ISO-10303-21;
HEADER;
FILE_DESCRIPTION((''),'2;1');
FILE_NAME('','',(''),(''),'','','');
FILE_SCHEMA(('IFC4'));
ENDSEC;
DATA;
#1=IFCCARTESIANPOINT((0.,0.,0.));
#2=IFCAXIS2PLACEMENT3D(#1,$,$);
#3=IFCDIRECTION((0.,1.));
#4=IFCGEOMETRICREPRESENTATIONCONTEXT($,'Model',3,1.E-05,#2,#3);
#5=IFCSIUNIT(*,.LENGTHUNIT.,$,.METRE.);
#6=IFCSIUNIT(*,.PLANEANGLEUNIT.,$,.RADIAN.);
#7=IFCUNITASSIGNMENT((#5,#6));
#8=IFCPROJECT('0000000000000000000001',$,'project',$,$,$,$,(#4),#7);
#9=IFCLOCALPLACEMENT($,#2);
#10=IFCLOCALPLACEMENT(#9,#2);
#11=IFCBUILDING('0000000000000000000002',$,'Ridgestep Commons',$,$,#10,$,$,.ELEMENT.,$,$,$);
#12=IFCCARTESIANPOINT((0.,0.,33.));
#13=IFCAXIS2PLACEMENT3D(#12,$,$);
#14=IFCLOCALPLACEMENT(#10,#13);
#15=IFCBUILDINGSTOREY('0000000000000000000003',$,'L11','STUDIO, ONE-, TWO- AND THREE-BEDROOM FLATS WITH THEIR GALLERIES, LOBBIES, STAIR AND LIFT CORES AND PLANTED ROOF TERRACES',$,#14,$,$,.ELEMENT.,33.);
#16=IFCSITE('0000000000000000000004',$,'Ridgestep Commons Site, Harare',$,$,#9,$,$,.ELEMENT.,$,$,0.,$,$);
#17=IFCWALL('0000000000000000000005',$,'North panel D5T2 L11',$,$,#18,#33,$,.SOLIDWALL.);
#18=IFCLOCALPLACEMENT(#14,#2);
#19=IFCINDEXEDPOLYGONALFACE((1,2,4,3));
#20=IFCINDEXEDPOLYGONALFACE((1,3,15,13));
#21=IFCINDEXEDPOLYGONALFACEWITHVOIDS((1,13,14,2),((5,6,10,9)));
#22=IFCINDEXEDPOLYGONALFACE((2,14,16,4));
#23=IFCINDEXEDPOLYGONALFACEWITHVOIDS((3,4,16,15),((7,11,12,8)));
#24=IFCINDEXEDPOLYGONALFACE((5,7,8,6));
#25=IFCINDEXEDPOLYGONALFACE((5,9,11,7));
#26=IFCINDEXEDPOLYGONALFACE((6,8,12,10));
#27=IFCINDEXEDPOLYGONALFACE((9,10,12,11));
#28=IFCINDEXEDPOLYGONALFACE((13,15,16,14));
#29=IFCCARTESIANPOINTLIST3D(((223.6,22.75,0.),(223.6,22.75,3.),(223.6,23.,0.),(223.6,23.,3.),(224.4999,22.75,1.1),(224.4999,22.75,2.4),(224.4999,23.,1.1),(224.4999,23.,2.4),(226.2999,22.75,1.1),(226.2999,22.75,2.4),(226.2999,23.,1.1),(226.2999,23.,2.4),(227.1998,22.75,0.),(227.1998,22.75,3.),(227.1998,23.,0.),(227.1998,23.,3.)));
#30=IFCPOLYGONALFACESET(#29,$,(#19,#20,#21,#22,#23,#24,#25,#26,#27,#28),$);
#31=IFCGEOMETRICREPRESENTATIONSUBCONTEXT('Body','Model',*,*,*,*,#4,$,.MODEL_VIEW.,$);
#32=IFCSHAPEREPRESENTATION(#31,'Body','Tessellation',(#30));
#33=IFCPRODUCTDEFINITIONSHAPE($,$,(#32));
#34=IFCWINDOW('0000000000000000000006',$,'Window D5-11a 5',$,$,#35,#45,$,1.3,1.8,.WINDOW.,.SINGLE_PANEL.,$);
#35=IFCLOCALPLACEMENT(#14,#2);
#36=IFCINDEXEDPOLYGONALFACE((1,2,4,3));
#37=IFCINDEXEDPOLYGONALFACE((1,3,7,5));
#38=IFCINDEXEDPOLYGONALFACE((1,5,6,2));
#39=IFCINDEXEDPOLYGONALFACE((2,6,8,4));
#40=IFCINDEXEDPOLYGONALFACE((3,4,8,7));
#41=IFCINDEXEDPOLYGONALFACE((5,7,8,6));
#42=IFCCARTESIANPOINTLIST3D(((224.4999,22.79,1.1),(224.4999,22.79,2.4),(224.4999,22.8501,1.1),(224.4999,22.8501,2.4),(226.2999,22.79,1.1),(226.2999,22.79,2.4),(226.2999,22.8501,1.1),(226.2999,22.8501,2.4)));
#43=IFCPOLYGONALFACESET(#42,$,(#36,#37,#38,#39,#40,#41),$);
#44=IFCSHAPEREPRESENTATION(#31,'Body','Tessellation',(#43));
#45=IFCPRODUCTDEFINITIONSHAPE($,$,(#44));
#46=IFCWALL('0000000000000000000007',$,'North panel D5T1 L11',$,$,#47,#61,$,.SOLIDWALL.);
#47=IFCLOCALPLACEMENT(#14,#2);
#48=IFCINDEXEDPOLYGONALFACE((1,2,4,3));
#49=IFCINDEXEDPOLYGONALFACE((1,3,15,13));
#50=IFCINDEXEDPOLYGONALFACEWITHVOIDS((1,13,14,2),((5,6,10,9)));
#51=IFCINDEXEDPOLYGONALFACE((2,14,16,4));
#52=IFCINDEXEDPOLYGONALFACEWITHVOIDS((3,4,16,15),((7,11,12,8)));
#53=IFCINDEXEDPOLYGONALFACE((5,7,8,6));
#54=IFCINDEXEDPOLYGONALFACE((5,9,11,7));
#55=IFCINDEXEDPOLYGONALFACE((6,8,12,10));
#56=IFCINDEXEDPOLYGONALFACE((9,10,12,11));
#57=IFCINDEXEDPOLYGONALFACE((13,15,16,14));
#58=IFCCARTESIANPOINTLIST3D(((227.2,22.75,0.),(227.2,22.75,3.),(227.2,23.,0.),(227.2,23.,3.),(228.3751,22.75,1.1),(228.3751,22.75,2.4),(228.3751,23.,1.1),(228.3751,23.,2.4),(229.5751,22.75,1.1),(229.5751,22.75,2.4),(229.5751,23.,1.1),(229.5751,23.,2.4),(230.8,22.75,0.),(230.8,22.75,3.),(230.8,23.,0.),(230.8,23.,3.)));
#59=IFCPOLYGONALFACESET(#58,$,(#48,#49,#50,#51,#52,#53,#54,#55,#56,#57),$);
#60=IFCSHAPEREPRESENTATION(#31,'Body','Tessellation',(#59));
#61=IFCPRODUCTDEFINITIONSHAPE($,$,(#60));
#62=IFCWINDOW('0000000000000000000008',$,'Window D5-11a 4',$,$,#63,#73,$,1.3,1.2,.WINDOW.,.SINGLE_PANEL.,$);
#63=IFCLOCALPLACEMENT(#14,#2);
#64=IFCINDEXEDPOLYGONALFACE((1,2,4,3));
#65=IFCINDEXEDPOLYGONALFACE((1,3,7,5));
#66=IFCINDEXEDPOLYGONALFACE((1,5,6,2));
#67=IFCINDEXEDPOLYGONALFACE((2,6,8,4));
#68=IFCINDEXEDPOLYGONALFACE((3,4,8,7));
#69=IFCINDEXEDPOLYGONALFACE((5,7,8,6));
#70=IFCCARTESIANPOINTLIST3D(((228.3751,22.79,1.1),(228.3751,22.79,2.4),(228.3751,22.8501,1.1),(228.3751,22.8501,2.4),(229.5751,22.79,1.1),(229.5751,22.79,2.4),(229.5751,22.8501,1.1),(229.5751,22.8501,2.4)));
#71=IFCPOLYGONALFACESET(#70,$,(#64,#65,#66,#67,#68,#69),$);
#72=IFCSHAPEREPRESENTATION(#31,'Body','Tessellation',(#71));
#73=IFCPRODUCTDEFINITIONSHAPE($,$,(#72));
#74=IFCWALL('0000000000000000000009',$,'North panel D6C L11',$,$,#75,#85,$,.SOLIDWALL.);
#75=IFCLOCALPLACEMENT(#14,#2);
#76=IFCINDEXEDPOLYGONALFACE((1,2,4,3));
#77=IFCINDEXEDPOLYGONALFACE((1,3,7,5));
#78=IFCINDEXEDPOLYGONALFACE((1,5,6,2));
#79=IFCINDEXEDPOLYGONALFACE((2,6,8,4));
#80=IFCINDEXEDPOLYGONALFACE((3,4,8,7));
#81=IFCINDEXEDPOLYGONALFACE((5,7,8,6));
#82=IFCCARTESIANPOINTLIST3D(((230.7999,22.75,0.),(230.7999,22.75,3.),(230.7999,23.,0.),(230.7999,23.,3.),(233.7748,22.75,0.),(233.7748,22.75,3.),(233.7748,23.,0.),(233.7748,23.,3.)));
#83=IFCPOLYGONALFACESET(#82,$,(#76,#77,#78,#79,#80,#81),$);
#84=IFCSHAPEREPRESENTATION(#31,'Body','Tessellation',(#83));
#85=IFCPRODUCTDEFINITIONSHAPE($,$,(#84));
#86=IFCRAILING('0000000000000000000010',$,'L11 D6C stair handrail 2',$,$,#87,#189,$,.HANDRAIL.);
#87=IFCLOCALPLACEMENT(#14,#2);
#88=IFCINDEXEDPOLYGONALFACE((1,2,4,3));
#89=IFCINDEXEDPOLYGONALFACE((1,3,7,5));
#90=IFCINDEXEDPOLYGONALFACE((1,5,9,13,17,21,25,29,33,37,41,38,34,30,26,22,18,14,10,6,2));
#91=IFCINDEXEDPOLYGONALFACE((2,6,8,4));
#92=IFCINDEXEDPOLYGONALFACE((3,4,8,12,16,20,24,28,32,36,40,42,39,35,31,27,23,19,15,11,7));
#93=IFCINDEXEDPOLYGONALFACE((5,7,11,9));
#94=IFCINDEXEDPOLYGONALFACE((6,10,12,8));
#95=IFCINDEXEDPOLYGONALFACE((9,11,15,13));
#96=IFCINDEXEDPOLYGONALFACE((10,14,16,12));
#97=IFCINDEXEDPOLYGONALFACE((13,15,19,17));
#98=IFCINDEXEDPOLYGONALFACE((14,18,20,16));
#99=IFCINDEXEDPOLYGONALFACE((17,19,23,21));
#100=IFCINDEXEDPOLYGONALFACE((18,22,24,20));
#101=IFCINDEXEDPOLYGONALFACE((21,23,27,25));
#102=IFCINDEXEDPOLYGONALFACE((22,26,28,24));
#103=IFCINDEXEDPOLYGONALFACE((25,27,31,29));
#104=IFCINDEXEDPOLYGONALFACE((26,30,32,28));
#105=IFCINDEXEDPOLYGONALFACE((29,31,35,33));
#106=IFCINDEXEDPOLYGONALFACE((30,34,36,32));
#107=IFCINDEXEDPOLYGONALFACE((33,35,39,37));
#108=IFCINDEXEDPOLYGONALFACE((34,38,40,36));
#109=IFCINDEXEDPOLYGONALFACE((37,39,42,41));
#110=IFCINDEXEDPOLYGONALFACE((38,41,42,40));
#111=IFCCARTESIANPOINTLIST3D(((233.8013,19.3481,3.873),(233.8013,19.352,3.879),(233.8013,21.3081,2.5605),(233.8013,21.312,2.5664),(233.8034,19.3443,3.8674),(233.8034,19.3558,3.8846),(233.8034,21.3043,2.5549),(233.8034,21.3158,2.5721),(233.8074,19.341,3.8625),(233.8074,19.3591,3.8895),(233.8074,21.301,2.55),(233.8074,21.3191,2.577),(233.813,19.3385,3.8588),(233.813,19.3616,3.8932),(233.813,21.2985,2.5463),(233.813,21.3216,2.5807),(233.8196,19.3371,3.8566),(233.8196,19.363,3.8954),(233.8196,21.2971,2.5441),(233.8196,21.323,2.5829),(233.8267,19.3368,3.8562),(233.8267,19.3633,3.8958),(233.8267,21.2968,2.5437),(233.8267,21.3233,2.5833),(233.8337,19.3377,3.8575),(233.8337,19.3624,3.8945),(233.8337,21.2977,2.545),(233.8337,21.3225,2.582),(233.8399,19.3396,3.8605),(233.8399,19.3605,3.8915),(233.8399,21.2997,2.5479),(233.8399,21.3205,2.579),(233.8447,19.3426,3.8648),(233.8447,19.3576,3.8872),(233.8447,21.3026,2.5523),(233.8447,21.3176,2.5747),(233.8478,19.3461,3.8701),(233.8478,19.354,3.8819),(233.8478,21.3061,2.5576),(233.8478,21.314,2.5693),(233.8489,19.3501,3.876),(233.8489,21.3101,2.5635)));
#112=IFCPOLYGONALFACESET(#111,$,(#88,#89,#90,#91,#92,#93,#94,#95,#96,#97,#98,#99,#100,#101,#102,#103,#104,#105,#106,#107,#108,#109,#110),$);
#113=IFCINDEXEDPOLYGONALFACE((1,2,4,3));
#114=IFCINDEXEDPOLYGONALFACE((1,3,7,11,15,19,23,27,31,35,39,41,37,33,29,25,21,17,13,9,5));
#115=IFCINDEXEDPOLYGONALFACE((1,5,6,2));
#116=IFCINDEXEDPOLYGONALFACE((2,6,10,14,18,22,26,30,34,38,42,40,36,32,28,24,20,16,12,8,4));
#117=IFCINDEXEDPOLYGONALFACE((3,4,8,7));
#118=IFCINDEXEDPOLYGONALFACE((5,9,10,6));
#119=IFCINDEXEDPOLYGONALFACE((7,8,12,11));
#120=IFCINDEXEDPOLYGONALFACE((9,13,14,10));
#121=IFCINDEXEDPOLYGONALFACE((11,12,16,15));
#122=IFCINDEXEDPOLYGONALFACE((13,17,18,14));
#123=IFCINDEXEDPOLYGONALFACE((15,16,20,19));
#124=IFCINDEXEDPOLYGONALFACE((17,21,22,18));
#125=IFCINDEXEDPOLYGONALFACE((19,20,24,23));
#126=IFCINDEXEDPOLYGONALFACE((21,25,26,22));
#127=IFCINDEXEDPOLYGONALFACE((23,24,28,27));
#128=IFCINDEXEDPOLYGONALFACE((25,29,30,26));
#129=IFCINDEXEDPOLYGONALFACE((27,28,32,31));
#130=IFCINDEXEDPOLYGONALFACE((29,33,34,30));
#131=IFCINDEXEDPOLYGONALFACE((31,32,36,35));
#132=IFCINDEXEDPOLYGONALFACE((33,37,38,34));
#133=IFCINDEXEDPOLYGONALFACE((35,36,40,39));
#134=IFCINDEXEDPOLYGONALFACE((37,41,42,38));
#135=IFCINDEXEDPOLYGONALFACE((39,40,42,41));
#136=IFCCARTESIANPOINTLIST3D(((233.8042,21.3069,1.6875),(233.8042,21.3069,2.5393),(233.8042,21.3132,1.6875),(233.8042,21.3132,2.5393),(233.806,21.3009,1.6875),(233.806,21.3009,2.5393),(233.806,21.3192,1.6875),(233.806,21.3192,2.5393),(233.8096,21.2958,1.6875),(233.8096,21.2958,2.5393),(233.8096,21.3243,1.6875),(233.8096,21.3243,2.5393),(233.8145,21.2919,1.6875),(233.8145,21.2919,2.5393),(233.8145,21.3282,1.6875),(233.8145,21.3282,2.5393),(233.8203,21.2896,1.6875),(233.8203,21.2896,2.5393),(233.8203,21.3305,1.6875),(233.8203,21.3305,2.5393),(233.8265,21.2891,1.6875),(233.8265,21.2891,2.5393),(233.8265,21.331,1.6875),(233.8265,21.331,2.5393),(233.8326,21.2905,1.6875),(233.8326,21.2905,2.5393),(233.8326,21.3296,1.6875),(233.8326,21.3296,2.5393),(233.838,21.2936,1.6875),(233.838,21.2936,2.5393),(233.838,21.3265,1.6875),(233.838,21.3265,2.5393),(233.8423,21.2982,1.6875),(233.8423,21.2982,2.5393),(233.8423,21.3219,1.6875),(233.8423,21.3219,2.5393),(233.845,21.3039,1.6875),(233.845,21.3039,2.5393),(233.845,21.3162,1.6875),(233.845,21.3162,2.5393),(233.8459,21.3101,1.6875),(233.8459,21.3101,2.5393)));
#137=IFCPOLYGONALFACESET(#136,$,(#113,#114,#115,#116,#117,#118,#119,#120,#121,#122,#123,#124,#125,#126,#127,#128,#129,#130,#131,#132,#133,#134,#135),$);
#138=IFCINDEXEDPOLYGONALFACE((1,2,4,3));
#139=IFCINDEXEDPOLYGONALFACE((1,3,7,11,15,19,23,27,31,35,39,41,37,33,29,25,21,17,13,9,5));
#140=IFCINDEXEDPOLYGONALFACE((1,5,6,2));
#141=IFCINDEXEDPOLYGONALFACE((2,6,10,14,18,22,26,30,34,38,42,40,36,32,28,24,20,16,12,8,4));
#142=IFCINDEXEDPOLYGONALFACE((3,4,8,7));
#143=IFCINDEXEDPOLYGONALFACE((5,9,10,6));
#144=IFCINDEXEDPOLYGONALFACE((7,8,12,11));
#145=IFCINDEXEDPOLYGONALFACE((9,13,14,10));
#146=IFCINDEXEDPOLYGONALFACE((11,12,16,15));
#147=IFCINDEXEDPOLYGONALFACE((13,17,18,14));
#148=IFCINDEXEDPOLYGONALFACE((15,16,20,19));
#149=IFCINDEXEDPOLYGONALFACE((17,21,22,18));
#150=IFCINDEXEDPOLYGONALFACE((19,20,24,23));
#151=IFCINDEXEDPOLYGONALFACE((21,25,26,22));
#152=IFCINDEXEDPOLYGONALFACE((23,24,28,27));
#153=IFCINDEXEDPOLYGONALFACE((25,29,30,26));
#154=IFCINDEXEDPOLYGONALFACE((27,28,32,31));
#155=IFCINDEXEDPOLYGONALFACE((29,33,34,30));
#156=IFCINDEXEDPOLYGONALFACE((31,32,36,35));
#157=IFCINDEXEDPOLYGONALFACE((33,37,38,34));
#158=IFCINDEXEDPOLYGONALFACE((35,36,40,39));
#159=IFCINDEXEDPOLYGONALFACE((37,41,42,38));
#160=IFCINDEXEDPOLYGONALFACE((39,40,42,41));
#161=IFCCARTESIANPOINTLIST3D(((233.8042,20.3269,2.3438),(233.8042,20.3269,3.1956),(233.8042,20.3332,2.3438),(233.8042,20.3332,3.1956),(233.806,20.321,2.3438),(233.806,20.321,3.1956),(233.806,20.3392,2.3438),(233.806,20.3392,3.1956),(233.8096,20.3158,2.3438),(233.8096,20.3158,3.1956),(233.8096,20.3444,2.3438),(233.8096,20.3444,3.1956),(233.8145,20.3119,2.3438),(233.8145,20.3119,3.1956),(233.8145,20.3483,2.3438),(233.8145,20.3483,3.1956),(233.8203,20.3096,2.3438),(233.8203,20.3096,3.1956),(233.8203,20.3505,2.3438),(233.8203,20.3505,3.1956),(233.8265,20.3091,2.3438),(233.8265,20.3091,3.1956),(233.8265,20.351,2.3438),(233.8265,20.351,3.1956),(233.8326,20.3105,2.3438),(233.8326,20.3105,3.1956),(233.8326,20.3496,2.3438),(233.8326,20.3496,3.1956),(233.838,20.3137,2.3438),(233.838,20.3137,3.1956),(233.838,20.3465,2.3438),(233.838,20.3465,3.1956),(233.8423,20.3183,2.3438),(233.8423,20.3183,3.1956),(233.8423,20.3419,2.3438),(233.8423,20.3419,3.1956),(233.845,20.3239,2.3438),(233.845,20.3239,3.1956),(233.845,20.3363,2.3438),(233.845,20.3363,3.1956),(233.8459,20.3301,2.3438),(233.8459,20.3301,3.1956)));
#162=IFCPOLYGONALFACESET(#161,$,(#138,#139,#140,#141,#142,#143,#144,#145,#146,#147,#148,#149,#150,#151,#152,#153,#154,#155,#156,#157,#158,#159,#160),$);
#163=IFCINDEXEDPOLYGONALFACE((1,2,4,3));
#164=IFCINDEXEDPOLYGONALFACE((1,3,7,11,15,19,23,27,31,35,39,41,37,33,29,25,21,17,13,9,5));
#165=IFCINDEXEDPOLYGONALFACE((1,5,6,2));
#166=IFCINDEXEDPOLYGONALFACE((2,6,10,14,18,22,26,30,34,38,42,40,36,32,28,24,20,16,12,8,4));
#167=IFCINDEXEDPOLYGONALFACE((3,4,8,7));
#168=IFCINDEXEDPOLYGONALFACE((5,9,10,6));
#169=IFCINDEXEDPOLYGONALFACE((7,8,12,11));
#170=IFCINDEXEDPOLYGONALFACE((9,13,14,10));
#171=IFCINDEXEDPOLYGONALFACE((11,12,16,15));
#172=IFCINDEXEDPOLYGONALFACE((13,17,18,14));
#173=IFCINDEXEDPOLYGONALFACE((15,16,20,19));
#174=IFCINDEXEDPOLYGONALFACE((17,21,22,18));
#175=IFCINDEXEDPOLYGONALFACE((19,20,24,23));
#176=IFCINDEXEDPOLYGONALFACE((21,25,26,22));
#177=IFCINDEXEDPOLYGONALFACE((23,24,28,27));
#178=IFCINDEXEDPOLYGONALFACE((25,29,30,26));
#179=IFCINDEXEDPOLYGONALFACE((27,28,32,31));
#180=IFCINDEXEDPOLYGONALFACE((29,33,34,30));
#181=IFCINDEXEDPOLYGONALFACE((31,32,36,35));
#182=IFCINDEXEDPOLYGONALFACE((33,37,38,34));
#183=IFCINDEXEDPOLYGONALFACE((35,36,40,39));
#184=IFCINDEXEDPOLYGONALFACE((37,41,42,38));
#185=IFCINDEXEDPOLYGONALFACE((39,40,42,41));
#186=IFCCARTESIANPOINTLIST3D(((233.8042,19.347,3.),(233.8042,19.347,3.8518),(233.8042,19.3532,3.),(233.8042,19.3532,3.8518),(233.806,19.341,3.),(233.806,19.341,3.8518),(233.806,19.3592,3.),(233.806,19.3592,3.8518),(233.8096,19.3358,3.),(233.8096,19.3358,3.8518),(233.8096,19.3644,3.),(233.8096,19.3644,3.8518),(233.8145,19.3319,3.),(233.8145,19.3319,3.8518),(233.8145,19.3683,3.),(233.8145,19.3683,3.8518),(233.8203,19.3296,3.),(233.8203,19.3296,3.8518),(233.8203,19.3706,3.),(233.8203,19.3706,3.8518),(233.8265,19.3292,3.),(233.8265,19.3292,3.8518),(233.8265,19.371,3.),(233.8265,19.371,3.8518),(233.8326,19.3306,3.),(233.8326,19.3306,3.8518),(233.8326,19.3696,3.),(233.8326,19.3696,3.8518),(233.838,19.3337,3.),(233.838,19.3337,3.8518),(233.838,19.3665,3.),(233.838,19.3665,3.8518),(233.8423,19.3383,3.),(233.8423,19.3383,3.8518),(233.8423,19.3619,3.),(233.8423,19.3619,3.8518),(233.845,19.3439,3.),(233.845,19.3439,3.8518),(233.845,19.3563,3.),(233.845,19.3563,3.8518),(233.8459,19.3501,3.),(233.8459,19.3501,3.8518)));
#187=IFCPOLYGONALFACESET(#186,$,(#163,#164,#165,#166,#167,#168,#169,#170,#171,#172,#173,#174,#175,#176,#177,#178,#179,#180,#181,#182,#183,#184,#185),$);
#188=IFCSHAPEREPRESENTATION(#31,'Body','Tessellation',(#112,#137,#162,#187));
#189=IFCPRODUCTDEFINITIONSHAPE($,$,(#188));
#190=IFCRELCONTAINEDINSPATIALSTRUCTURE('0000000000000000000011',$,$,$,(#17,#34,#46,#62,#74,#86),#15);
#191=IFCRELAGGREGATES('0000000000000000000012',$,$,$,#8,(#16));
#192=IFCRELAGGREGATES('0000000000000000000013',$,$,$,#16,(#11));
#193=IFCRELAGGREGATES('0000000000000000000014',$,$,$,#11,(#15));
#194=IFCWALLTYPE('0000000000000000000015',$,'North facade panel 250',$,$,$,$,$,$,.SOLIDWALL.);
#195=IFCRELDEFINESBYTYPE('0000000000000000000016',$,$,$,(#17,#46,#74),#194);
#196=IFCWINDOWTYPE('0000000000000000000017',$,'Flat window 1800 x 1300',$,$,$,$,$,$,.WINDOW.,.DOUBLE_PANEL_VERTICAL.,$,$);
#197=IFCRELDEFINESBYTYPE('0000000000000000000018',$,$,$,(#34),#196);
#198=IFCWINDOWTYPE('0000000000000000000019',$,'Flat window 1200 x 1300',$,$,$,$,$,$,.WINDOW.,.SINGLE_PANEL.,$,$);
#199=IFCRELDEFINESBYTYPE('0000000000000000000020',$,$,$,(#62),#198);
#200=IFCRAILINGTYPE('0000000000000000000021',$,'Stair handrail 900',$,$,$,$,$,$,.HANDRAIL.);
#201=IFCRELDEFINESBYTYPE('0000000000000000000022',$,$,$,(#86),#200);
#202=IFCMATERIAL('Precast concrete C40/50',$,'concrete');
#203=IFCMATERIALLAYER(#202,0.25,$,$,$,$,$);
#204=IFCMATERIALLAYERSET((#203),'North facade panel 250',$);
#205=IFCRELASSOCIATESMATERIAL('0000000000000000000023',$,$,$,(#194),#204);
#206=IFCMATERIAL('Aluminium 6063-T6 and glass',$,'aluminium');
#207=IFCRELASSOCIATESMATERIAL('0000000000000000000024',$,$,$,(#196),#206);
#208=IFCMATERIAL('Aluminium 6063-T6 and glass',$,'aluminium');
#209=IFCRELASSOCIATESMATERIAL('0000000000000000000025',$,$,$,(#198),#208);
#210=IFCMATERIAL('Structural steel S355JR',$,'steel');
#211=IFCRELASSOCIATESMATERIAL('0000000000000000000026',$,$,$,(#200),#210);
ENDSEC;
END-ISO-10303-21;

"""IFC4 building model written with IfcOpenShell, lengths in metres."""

from ifc_helpers import new_model, si_unit, direction, frame, frame_2d, origin, origin_2d, place, context, subcontext, project, spatial, rectangle, circle, extrude, material, layer, layer_set, type_object, element, fill, save


model = new_model("IFC4")

# Units and contexts
model_context = context("Model", 3, precision=1e-05, world=origin(), true_north=direction((0.0, 1.0)))
body_context = subcontext(model_context, "Body", "Model", "MODEL_VIEW")
ifc_project = project(units=[si_unit("LENGTHUNIT", "METRE"), si_unit("PLANEANGLEUNIT", "RADIAN")], contexts=[model_context])

# Site, building, storey
site_placement = place(None, origin())
site = spatial("IfcSite", under=ifc_project, at=site_placement, Name="Ridgestep Commons Site, Harare", CompositionType="ELEMENT", RefElevation=0.0)
building_placement = place(site_placement, origin())
building = spatial("IfcBuilding", under=site, at=building_placement, Name="Ridgestep Commons", CompositionType="ELEMENT")
storey_placement = place(building_placement, frame((0.0, 0.0, 33.0)))
storey = spatial("IfcBuildingStorey", under=building, at=storey_placement, Name="L11", Description="STUDIO, ONE-, TWO- AND THREE-BEDROOM FLATS WITH THEIR GALLERIES, LOBBIES, STAIR AND LIFT CORES AND PLANTED ROOF TERRACES", CompositionType="ELEMENT", Elevation=33.0)

# Walls, openings, windows
ifc_material_1 = material(Name="Precast concrete C40/50", Category="concrete")
ifc_layer_1 = layer(ifc_material_1, 0.25)
ifc_layer_set_1 = layer_set([ifc_layer_1], Name="North facade panel 250")
wall_type = type_object("IfcWallType", Name="North facade panel 250", PredefinedType="SOLIDWALL", material=ifc_layer_set_1)
ifc_material_2 = material(Name="Aluminium 6063-T6 and glass", Category="aluminium")
window_type_1 = type_object("IfcWindowType", Name="Flat window 1800 x 1300", PartitioningType="DOUBLE_PANEL_VERTICAL", PredefinedType="WINDOW", material=ifc_material_2)
wall_1_placement = place(storey_placement, frame((223.6001, 22.875, 0.0), z_axis=(0.0, 0.0, 1.0), x_axis=(1.0, 0.0, 0.0)))
wall_1 = element("IfcWall", 1, at=wall_1_placement, inside=storey, type_object=wall_type, Name="North panel D5T2 L11", PredefinedType="SOLIDWALL", context=body_context, shape_type="SweptSolid", body=[
    extrude(rectangle(XDim=3.5999, YDim=0.25, at=frame_2d((1.7998, 0.0))), origin(), (0.0, 0.0, 1.0), 3.0),
])
opening_1_placement = place(wall_1_placement, frame((0.8999, 0.0, 1.1001)))
opening_1 = element("IfcOpeningElement", 2, at=opening_1_placement, cuts=wall_1, PredefinedType="OPENING", context=body_context, shape_type="SweptSolid", body=[
    extrude(rectangle(XDim=1.8, YDim=1.3, at=frame_2d((0.8999, 0.6499))), frame((0.0, 0.135, 0.0), z_axis=(0.0, -1.0, 0.0), x_axis=(1.0, 0.0, 0.0)), (0.0, 0.0, 1.0), 0.27),
])
window_1_placement = place(opening_1_placement, origin())
window_1 = element("IfcWindow", 3, at=window_1_placement, inside=storey, type_object=window_type_1, Name="Window D5-11a 5", OverallHeight=1.3, OverallWidth=1.8, PartitioningType="SINGLE_PANEL", PredefinedType="WINDOW", context=body_context, shape_type="SweptSolid", body=[
    extrude(rectangle(XDim=1.8, YDim=1.3, at=frame_2d((0.8999, 0.6499))), frame((0.0, -0.0249, 0.0), z_axis=(0.0, -1.0, 0.0), x_axis=(1.0, 0.0, 0.0)), (0.0, 0.0, 1.0), 0.0601),
])
fill(opening_1, window_1)
wall_2_placement = place(storey_placement, frame((227.2, 22.875, 0.0), z_axis=(0.0, 0.0, 1.0), x_axis=(1.0, 0.0, 0.0)))
wall_2 = element("IfcWall", 4, at=wall_2_placement, inside=storey, type_object=wall_type, Name="North panel D5T1 L11", PredefinedType="SOLIDWALL", context=body_context, shape_type="SweptSolid", body=[
    extrude(rectangle(XDim=3.6001, YDim=0.25, at=frame_2d((1.8, 0.0))), origin(), (0.0, 0.0, 1.0), 3.0),
])
opening_2_placement = place(wall_2_placement, frame((1.175, 0.0, 1.1001)))
opening_2 = element("IfcOpeningElement", 5, at=opening_2_placement, cuts=wall_2, PredefinedType="OPENING", context=body_context, shape_type="SweptSolid", body=[
    extrude(rectangle(XDim=1.2, YDim=1.3, at=frame_2d((0.6001, 0.6499))), frame((0.0, 0.135, 0.0), z_axis=(0.0, -1.0, 0.0), x_axis=(1.0, 0.0, 0.0)), (0.0, 0.0, 1.0), 0.27),
])
ifc_material_3 = material(Name="Aluminium 6063-T6 and glass", Category="aluminium")
window_type_2 = type_object("IfcWindowType", Name="Flat window 1200 x 1300", PartitioningType="SINGLE_PANEL", PredefinedType="WINDOW", material=ifc_material_3)
window_2_placement = place(opening_2_placement, origin())
window_2 = element("IfcWindow", 6, at=window_2_placement, inside=storey, type_object=window_type_2, Name="Window D5-11a 4", OverallHeight=1.3, OverallWidth=1.2, PartitioningType="SINGLE_PANEL", PredefinedType="WINDOW", context=body_context, shape_type="SweptSolid", body=[
    extrude(rectangle(XDim=1.2, YDim=1.3, at=frame_2d((0.6001, 0.6499))), frame((0.0, -0.0249, 0.0), z_axis=(0.0, -1.0, 0.0), x_axis=(1.0, 0.0, 0.0)), (0.0, 0.0, 1.0), 0.0601),
])
fill(opening_2, window_2)

# Wall
wall_3_placement = place(storey_placement, frame((230.8, 22.875, 0.0), z_axis=(0.0, 0.0, 1.0), x_axis=(1.0, 0.0, 0.0)))
element("IfcWall", 7, at=wall_3_placement, inside=storey, type_object=wall_type, Name="North panel D6C L11", PredefinedType="SOLIDWALL", context=body_context, shape_type="SweptSolid", body=[
    extrude(rectangle(XDim=2.9749, YDim=0.25, at=frame_2d((1.4873, 0.0))), origin(), (0.0, 0.0, 1.0), 3.0),
])

# Railing
ifc_material_4 = material(Name="Structural steel S355JR", Category="steel")
railing_type = type_object("IfcRailingType", Name="Stair handrail 900", PredefinedType="HANDRAIL", material=ifc_material_4)
railing_placement = place(storey_placement, frame((233.825, 21.3101, 1.6875)))
element("IfcRailing", 8, at=railing_placement, inside=storey, type_object=railing_type, Name="L11 D6C stair handrail 2", PredefinedType="HANDRAIL", context=body_context, shape_type="SweptSolid", body=[
    extrude(circle(Radius=0.0239, at=origin_2d()), frame((0.0, 0.0, 0.876), z_axis=(0.0, -0.830902, 0.556419), x_axis=(1.0, 0.0, 0.0)), (0.0, 0.0, 1.0), 2.3589),
    extrude(circle(Radius=0.021, at=origin_2d()), origin(), (0.0, 0.0, 1.0), 0.8518),
    extrude(circle(Radius=0.021, at=origin_2d()), frame((0.0, -0.98, 0.6562)), (0.0, 0.0, 1.0), 0.8518),
    extrude(circle(Radius=0.021, at=origin_2d()), frame((0.0, -1.96, 1.3125)), (0.0, 0.0, 1.0), 0.8518),
])

save(model, "model.ifc")
